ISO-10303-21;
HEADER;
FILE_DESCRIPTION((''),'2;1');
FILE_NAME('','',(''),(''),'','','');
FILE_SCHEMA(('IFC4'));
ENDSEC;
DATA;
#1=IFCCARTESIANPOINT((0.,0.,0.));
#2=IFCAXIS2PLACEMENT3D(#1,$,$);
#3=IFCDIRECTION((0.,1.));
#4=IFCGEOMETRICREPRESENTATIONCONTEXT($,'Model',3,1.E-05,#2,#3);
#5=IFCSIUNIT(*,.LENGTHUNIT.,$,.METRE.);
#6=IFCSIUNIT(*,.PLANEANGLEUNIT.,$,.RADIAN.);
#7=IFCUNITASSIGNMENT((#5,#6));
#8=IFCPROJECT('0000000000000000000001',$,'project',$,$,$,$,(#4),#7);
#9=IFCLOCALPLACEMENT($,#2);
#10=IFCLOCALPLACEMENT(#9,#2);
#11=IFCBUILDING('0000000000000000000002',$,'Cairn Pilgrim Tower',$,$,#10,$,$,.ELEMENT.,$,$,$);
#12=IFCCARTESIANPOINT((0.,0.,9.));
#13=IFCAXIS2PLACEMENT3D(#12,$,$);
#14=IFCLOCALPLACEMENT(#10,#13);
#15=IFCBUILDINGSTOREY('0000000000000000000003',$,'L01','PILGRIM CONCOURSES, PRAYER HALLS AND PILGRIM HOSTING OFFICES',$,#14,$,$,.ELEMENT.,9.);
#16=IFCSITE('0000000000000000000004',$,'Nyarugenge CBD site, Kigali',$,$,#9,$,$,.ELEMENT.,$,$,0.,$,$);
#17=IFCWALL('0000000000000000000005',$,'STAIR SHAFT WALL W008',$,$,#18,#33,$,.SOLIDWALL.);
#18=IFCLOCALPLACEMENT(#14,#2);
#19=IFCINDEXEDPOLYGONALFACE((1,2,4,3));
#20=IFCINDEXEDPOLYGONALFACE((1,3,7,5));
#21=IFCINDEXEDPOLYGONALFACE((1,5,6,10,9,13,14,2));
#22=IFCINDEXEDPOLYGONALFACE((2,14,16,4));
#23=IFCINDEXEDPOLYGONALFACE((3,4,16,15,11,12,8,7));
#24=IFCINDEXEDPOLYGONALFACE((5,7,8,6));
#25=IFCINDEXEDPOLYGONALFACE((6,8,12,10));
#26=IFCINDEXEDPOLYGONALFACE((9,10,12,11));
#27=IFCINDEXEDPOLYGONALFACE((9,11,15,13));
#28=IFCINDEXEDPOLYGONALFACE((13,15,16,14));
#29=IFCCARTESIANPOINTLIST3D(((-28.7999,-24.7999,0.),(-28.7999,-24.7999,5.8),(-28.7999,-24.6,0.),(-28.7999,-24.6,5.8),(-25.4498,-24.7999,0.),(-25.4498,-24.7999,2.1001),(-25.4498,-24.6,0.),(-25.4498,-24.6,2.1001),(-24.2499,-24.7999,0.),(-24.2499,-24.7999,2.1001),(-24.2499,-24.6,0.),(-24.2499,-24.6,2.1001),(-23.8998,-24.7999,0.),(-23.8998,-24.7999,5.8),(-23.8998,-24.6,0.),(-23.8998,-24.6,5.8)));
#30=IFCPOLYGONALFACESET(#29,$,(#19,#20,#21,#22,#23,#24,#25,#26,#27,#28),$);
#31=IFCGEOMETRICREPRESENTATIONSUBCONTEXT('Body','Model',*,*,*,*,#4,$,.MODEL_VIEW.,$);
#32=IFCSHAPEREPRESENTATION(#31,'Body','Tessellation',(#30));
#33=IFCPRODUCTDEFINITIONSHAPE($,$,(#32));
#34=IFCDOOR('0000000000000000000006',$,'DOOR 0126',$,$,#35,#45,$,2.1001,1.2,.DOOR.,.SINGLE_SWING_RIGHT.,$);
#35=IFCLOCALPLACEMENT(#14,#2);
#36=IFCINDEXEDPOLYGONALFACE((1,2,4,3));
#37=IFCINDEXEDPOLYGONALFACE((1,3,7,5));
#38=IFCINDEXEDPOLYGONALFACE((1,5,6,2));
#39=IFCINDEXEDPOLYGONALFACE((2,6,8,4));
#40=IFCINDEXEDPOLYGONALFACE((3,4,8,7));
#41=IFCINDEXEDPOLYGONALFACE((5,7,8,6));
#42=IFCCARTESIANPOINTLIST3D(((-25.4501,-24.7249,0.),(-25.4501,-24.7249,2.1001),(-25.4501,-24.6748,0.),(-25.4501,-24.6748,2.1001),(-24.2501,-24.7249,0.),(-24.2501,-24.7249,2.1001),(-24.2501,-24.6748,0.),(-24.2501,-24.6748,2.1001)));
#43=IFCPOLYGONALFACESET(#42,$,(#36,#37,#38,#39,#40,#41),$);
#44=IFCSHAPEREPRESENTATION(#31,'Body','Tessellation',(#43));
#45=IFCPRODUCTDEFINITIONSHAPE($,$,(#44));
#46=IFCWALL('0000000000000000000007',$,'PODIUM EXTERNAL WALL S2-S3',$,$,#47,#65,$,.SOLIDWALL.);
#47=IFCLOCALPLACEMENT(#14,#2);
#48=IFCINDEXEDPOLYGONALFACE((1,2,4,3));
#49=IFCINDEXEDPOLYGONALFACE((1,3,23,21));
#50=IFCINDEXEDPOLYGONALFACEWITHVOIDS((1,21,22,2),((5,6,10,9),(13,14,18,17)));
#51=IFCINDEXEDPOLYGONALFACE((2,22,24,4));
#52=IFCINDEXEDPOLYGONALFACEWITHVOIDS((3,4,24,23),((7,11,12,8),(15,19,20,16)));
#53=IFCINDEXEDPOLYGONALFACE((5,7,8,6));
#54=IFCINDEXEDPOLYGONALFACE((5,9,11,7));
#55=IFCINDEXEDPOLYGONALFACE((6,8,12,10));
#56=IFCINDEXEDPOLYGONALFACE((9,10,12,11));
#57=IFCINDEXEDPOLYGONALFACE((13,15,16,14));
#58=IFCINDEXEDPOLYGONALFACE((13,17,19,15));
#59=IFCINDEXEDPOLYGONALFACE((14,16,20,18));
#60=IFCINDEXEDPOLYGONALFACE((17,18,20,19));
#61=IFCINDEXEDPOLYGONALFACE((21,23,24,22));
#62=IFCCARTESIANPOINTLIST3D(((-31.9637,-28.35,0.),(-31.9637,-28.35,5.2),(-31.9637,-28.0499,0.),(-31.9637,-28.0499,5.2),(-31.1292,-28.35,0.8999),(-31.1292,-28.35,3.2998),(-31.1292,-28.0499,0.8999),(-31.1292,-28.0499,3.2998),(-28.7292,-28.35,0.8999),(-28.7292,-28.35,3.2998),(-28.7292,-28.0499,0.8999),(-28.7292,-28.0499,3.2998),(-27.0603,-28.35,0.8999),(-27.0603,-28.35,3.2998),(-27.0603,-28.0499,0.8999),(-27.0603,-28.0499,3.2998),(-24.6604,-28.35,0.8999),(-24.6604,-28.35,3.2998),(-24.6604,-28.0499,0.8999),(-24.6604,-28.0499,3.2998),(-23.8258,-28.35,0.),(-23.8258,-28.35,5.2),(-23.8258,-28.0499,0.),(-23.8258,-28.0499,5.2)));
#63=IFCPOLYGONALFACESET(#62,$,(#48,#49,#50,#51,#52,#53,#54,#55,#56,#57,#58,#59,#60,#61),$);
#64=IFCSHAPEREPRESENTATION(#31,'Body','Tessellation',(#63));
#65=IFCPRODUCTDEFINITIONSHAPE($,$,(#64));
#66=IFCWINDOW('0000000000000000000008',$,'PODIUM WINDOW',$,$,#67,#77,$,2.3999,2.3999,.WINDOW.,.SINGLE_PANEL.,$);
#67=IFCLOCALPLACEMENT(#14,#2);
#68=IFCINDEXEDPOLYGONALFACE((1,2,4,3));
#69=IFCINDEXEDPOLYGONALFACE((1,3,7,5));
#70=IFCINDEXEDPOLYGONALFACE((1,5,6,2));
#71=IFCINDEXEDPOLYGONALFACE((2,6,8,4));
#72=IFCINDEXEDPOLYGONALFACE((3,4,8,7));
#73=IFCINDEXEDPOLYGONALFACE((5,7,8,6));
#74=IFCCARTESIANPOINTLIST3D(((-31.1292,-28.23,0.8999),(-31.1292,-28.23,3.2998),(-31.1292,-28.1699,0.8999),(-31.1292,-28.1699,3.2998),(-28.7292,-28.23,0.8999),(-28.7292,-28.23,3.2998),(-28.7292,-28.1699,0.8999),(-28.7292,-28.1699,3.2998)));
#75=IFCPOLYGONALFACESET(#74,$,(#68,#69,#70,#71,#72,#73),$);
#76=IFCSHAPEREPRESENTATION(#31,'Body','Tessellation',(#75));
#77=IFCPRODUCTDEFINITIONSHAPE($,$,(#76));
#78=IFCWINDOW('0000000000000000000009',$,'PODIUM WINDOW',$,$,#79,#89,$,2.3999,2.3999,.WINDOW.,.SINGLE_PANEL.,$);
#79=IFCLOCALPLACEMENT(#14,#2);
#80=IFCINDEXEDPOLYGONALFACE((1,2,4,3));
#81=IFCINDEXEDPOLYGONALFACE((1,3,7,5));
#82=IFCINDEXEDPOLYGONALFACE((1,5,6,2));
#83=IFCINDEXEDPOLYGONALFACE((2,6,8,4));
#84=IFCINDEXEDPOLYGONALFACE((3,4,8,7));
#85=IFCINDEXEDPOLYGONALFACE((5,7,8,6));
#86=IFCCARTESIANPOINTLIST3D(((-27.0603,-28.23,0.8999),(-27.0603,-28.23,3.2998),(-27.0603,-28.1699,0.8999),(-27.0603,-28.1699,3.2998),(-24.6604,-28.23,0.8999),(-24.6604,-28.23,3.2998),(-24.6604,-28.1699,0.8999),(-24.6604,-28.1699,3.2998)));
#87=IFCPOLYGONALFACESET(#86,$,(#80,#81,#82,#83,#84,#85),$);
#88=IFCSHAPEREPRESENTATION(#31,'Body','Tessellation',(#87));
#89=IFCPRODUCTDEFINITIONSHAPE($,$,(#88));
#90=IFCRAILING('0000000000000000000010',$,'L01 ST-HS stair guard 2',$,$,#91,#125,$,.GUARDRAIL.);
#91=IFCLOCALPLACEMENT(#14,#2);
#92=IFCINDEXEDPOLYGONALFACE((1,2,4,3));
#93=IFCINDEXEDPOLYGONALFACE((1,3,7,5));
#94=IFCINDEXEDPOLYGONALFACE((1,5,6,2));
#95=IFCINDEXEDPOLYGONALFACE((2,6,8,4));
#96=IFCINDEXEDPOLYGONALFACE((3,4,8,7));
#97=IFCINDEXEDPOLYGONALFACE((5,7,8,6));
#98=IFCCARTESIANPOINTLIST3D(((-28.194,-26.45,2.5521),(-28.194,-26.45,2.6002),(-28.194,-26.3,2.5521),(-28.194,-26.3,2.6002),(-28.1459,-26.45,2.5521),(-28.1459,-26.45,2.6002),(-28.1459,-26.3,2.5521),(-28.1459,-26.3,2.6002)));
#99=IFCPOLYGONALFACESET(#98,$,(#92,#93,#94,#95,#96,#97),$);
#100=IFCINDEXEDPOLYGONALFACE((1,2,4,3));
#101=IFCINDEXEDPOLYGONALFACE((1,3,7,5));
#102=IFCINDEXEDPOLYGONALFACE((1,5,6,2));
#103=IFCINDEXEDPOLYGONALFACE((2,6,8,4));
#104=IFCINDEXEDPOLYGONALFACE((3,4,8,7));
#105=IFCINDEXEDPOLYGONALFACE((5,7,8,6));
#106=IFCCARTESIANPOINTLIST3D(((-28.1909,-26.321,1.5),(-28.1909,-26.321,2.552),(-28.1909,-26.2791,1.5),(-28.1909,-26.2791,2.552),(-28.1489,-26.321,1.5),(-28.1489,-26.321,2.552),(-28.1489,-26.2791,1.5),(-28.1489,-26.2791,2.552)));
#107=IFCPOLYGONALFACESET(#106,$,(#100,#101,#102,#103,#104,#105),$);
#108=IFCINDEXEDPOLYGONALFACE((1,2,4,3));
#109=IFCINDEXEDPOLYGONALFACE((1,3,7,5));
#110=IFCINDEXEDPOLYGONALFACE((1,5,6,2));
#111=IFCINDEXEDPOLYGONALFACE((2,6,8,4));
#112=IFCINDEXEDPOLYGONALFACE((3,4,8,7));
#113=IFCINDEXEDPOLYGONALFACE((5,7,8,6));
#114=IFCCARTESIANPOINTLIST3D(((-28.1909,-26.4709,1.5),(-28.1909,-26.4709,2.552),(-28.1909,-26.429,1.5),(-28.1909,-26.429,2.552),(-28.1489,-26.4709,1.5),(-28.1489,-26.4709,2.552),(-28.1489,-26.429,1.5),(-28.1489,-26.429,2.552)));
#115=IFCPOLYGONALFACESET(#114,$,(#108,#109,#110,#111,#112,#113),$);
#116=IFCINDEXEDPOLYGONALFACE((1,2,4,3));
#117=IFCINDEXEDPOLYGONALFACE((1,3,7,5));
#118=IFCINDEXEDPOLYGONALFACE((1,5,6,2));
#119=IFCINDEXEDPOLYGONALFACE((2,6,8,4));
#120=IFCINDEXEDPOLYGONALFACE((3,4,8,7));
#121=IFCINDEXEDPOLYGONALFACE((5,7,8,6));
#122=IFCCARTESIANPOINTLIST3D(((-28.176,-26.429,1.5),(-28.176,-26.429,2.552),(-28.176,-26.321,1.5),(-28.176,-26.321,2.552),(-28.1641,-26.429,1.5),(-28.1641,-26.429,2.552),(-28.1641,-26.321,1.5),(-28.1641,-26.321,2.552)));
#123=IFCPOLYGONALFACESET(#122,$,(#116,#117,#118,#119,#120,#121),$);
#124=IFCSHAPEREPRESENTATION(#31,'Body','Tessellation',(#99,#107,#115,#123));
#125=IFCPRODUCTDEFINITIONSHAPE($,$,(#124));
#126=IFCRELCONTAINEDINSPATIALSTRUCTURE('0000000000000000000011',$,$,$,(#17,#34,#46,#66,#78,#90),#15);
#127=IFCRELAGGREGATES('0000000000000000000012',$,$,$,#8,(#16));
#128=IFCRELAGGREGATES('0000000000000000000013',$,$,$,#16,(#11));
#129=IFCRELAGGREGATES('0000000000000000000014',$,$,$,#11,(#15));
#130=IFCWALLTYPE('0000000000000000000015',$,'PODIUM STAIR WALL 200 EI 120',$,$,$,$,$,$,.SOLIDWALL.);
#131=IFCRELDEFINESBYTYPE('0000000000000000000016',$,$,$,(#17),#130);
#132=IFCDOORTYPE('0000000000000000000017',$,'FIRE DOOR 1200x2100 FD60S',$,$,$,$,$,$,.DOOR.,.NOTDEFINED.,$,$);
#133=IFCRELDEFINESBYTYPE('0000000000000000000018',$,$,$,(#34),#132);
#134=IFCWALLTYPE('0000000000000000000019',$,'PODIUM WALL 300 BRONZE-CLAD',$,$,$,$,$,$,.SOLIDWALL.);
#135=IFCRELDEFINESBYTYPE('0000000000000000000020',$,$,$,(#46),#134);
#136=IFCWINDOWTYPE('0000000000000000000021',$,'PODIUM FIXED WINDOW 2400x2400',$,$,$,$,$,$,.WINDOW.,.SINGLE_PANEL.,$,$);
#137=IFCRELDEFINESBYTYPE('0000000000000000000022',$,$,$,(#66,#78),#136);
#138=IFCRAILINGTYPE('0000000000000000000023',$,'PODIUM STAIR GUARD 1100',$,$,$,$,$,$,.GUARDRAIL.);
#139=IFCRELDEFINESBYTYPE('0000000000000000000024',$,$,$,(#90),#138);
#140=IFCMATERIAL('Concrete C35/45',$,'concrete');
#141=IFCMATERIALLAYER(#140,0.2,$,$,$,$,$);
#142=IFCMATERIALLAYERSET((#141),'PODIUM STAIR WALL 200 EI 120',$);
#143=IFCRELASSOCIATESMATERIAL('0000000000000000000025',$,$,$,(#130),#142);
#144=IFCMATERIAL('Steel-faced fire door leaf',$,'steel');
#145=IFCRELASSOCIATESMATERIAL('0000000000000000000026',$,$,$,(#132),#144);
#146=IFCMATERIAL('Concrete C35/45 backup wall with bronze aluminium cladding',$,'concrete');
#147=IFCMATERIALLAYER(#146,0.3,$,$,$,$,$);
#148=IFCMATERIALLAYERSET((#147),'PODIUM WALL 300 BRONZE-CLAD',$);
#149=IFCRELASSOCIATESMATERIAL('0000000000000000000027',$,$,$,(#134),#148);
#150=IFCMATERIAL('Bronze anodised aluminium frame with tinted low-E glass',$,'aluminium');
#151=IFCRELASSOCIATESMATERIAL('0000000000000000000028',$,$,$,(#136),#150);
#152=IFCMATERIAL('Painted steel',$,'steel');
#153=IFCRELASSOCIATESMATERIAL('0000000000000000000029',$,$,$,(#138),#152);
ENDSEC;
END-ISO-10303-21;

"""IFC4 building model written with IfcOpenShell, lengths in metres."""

from ifc_helpers import new_model, si_unit, direction, frame, frame_2d, origin, origin_2d, place, context, subcontext, project, spatial, polyline, rectangle, outline, extrude, material, layer, layer_set, type_object, element, fill, save


model = new_model("IFC4")

# Units and contexts
model_context = context("Model", 3, precision=1e-05, world=origin(), true_north=direction((0.0, 1.0)))
body_context = subcontext(model_context, "Body", "Model", "MODEL_VIEW")
ifc_project = project(units=[si_unit("LENGTHUNIT", "METRE"), si_unit("PLANEANGLEUNIT", "RADIAN")], contexts=[model_context])

# Site, building, storey
site_placement = place(None, origin())
site = spatial("IfcSite", under=ifc_project, at=site_placement, Name="Nyarugenge CBD site, Kigali", CompositionType="ELEMENT", RefElevation=0.0)
building_placement = place(site_placement, origin())
building = spatial("IfcBuilding", under=site, at=building_placement, Name="Cairn Pilgrim Tower", CompositionType="ELEMENT")
storey_placement = place(building_placement, frame((0.0, 0.0, 9.0)))
storey = spatial("IfcBuildingStorey", under=building, at=storey_placement, Name="L01", Description="PILGRIM CONCOURSES, PRAYER HALLS AND PILGRIM HOSTING OFFICES", CompositionType="ELEMENT", Elevation=9.0)

# Shared definitions
ifc_material_1 = material(Name="Concrete C35/45", Category="concrete")
ifc_layer_1 = layer(ifc_material_1, 0.2)
ifc_layer_set_1 = layer_set([ifc_layer_1], Name="PODIUM STAIR WALL 200 EI 120")
wall_type_1 = type_object("IfcWallType", Name="PODIUM STAIR WALL 200 EI 120", PredefinedType="SOLIDWALL", material=ifc_layer_set_1)

# Wall, opening, door
wall_1_placement = place(storey_placement, frame((-28.8, -24.7, 0.0), z_axis=(0.0, 0.0, 1.0), x_axis=(1.0, 0.0, 0.0)))
wall_1 = element("IfcWall", 1, at=wall_1_placement, inside=storey, type_object=wall_type_1, Name="STAIR SHAFT WALL W008", PredefinedType="SOLIDWALL", context=body_context, shape_type="SweptSolid", body=[
    extrude(rectangle(XDim=4.9001, YDim=0.2, at=frame_2d((2.4502, 0.0))), origin(), (0.0, 0.0, 1.0), 5.8),
])
opening_1_placement = place(wall_1_placement, frame((3.3501, 0.0, 0.0)))
opening_1 = element("IfcOpeningElement", 2, at=opening_1_placement, cuts=wall_1, PredefinedType="OPENING", context=body_context, shape_type="SweptSolid", body=[
    extrude(rectangle(XDim=1.2, YDim=2.1001, at=frame_2d((0.6001, 1.05))), frame((0.0, 0.1099, 0.0), z_axis=(0.0, -1.0, 0.0), x_axis=(1.0, 0.0, 0.0)), (0.0, 0.0, 1.0), 0.22),
])
ifc_material_2 = material(Name="Steel-faced fire door leaf", Category="steel")
door_type_1 = type_object("IfcDoorType", Name="FIRE DOOR 1200x2100 FD60S", OperationType="NOTDEFINED", PredefinedType="DOOR", material=ifc_material_2)
door_1_placement = place(opening_1_placement, frame((1.2, 0.0, 0.0), z_axis=(0.0, 0.0, 1.0), x_axis=(-1.0, 0.0, 0.0)))
door_1 = element("IfcDoor", 3, at=door_1_placement, inside=storey, type_object=door_type_1, Name="DOOR 0126", OperationType="SINGLE_SWING_RIGHT", OverallHeight=2.1001, OverallWidth=1.2, PredefinedType="DOOR", context=body_context, shape_type="SweptSolid", body=[
    extrude(rectangle(XDim=1.2, YDim=2.1001, at=frame_2d((0.6001, 1.05))), frame((0.0, 0.0249, 0.0), z_axis=(0.0, -1.0, 0.0), x_axis=(1.0, 0.0, 0.0)), (0.0, 0.0, 1.0), 0.05),
])
fill(opening_1, door_1)

# Wall, openings, windows
ifc_material_3 = material(Name="Concrete C35/45 backup wall with bronze aluminium cladding", Category="concrete")
ifc_layer_2 = layer(ifc_material_3, 0.3)
ifc_layer_set_2 = layer_set([ifc_layer_2], Name="PODIUM WALL 300 BRONZE-CLAD")
wall_type_2 = type_object("IfcWallType", Name="PODIUM WALL 300 BRONZE-CLAD", PredefinedType="SOLIDWALL", material=ifc_layer_set_2)
wall_2_placement = place(storey_placement, frame((-31.9636, -28.2, 0.0), z_axis=(0.0, 0.0, 1.0), x_axis=(1.0, 0.0, 0.0)))
wall_2 = element("IfcWall", 4, at=wall_2_placement, inside=storey, type_object=wall_type_2, Name="PODIUM EXTERNAL WALL S2-S3", PredefinedType="SOLIDWALL", context=body_context, shape_type="SweptSolid", body=[
    extrude(rectangle(XDim=8.1379, YDim=0.3, at=frame_2d((4.0688, 0.0))), origin(), (0.0, 0.0, 1.0), 5.2),
])
opening_2_placement = place(wall_2_placement, frame((0.8345, 0.0, 0.8999)))
opening_2 = element("IfcOpeningElement", 5, at=opening_2_placement, cuts=wall_2, PredefinedType="OPENING", context=body_context, shape_type="SweptSolid", body=[
    extrude(rectangle(XDim=2.3999, YDim=2.3999, at=frame_2d((1.2, 1.2))), frame((0.0, 0.1602, 0.0), z_axis=(0.0, -1.0, 0.0), x_axis=(1.0, 0.0, 0.0)), (0.0, 0.0, 1.0), 0.3201),
])
opening_3_placement = place(wall_2_placement, frame((4.9033, 0.0, 0.8999)))
opening_3 = element("IfcOpeningElement", 6, at=opening_3_placement, cuts=wall_2, PredefinedType="OPENING", context=body_context, shape_type="SweptSolid", body=[
    extrude(rectangle(XDim=2.3999, YDim=2.3999, at=frame_2d((1.2, 1.2))), frame((0.0, 0.1602, 0.0), z_axis=(0.0, -1.0, 0.0), x_axis=(1.0, 0.0, 0.0)), (0.0, 0.0, 1.0), 0.3201),
])
ifc_material_4 = material(Name="Bronze anodised aluminium frame with tinted low-E glass", Category="aluminium")
window_type = type_object("IfcWindowType", Name="PODIUM FIXED WINDOW 2400x2400", PartitioningType="SINGLE_PANEL", PredefinedType="WINDOW", material=ifc_material_4)
window_1_placement = place(opening_2_placement, origin())
window_1 = element("IfcWindow", 7, at=window_1_placement, inside=storey, type_object=window_type, Name="PODIUM WINDOW", OverallHeight=2.3999, OverallWidth=2.3999, PartitioningType="SINGLE_PANEL", PredefinedType="WINDOW", context=body_context, shape_type="SweptSolid", body=[
    extrude(rectangle(XDim=2.3999, YDim=2.3999, at=frame_2d((1.2, 1.2))), frame((0.0, 0.03, 0.0), z_axis=(0.0, -1.0, 0.0), x_axis=(1.0, 0.0, 0.0)), (0.0, 0.0, 1.0), 0.0601),
])
fill(opening_2, window_1)
window_2_placement = place(opening_3_placement, origin())
window_2 = element("IfcWindow", 8, at=window_2_placement, inside=storey, type_object=window_type, Name="PODIUM WINDOW", OverallHeight=2.3999, OverallWidth=2.3999, PartitioningType="SINGLE_PANEL", PredefinedType="WINDOW", context=body_context, shape_type="SweptSolid", body=[
    extrude(rectangle(XDim=2.3999, YDim=2.3999, at=frame_2d((1.2, 1.2))), frame((0.0, 0.03, 0.0), z_axis=(0.0, -1.0, 0.0), x_axis=(1.0, 0.0, 0.0)), (0.0, 0.0, 1.0), 0.0601),
])
fill(opening_3, window_2)

# Railing
ifc_material_5 = material(Name="Painted steel", Category="steel")
railing_type = type_object("IfcRailingType", Name="PODIUM STAIR GUARD 1100", PredefinedType="GUARDRAIL", material=ifc_material_5)
railing_placement = place(storey_placement, frame((-28.1699, -26.3, 1.5)))
element("IfcRailing", 9, at=railing_placement, inside=storey, type_object=railing_type, Name="L01 ST-HS stair guard 2", PredefinedType="GUARDRAIL", context=body_context, shape_type="SweptSolid", body=[
    extrude(rectangle(XDim=0.0481, YDim=0.0481, at=origin_2d()), frame((0.0, 0.0, 1.0762), z_axis=(0.0, -1.0, 0.0), x_axis=(1.0, 0.0, 0.0)), (0.0, 0.0, 1.0), 0.1499),
    extrude(rectangle(XDim=0.042, YDim=0.042, at=origin_2d()), origin(), (0.0, 0.0, 1.0), 1.052),
    extrude(rectangle(XDim=0.042, YDim=0.042, at=origin_2d()), frame((0.0, -0.1499, 0.0)), (0.0, 0.0, 1.0), 1.052),
    extrude(outline(polyline([(0.021, 0.0), (0.1289, 0.0), (0.1289, 1.052), (0.021, 1.052), (0.021, 0.0)])), frame((0.0059, 0.0, 0.0), z_axis=(-1.0, 0.0, 0.0), x_axis=(0.0, -1.0, 0.0)), (0.0, 0.0, 1.0), 0.012),
])

save(model, "model.ifc")
